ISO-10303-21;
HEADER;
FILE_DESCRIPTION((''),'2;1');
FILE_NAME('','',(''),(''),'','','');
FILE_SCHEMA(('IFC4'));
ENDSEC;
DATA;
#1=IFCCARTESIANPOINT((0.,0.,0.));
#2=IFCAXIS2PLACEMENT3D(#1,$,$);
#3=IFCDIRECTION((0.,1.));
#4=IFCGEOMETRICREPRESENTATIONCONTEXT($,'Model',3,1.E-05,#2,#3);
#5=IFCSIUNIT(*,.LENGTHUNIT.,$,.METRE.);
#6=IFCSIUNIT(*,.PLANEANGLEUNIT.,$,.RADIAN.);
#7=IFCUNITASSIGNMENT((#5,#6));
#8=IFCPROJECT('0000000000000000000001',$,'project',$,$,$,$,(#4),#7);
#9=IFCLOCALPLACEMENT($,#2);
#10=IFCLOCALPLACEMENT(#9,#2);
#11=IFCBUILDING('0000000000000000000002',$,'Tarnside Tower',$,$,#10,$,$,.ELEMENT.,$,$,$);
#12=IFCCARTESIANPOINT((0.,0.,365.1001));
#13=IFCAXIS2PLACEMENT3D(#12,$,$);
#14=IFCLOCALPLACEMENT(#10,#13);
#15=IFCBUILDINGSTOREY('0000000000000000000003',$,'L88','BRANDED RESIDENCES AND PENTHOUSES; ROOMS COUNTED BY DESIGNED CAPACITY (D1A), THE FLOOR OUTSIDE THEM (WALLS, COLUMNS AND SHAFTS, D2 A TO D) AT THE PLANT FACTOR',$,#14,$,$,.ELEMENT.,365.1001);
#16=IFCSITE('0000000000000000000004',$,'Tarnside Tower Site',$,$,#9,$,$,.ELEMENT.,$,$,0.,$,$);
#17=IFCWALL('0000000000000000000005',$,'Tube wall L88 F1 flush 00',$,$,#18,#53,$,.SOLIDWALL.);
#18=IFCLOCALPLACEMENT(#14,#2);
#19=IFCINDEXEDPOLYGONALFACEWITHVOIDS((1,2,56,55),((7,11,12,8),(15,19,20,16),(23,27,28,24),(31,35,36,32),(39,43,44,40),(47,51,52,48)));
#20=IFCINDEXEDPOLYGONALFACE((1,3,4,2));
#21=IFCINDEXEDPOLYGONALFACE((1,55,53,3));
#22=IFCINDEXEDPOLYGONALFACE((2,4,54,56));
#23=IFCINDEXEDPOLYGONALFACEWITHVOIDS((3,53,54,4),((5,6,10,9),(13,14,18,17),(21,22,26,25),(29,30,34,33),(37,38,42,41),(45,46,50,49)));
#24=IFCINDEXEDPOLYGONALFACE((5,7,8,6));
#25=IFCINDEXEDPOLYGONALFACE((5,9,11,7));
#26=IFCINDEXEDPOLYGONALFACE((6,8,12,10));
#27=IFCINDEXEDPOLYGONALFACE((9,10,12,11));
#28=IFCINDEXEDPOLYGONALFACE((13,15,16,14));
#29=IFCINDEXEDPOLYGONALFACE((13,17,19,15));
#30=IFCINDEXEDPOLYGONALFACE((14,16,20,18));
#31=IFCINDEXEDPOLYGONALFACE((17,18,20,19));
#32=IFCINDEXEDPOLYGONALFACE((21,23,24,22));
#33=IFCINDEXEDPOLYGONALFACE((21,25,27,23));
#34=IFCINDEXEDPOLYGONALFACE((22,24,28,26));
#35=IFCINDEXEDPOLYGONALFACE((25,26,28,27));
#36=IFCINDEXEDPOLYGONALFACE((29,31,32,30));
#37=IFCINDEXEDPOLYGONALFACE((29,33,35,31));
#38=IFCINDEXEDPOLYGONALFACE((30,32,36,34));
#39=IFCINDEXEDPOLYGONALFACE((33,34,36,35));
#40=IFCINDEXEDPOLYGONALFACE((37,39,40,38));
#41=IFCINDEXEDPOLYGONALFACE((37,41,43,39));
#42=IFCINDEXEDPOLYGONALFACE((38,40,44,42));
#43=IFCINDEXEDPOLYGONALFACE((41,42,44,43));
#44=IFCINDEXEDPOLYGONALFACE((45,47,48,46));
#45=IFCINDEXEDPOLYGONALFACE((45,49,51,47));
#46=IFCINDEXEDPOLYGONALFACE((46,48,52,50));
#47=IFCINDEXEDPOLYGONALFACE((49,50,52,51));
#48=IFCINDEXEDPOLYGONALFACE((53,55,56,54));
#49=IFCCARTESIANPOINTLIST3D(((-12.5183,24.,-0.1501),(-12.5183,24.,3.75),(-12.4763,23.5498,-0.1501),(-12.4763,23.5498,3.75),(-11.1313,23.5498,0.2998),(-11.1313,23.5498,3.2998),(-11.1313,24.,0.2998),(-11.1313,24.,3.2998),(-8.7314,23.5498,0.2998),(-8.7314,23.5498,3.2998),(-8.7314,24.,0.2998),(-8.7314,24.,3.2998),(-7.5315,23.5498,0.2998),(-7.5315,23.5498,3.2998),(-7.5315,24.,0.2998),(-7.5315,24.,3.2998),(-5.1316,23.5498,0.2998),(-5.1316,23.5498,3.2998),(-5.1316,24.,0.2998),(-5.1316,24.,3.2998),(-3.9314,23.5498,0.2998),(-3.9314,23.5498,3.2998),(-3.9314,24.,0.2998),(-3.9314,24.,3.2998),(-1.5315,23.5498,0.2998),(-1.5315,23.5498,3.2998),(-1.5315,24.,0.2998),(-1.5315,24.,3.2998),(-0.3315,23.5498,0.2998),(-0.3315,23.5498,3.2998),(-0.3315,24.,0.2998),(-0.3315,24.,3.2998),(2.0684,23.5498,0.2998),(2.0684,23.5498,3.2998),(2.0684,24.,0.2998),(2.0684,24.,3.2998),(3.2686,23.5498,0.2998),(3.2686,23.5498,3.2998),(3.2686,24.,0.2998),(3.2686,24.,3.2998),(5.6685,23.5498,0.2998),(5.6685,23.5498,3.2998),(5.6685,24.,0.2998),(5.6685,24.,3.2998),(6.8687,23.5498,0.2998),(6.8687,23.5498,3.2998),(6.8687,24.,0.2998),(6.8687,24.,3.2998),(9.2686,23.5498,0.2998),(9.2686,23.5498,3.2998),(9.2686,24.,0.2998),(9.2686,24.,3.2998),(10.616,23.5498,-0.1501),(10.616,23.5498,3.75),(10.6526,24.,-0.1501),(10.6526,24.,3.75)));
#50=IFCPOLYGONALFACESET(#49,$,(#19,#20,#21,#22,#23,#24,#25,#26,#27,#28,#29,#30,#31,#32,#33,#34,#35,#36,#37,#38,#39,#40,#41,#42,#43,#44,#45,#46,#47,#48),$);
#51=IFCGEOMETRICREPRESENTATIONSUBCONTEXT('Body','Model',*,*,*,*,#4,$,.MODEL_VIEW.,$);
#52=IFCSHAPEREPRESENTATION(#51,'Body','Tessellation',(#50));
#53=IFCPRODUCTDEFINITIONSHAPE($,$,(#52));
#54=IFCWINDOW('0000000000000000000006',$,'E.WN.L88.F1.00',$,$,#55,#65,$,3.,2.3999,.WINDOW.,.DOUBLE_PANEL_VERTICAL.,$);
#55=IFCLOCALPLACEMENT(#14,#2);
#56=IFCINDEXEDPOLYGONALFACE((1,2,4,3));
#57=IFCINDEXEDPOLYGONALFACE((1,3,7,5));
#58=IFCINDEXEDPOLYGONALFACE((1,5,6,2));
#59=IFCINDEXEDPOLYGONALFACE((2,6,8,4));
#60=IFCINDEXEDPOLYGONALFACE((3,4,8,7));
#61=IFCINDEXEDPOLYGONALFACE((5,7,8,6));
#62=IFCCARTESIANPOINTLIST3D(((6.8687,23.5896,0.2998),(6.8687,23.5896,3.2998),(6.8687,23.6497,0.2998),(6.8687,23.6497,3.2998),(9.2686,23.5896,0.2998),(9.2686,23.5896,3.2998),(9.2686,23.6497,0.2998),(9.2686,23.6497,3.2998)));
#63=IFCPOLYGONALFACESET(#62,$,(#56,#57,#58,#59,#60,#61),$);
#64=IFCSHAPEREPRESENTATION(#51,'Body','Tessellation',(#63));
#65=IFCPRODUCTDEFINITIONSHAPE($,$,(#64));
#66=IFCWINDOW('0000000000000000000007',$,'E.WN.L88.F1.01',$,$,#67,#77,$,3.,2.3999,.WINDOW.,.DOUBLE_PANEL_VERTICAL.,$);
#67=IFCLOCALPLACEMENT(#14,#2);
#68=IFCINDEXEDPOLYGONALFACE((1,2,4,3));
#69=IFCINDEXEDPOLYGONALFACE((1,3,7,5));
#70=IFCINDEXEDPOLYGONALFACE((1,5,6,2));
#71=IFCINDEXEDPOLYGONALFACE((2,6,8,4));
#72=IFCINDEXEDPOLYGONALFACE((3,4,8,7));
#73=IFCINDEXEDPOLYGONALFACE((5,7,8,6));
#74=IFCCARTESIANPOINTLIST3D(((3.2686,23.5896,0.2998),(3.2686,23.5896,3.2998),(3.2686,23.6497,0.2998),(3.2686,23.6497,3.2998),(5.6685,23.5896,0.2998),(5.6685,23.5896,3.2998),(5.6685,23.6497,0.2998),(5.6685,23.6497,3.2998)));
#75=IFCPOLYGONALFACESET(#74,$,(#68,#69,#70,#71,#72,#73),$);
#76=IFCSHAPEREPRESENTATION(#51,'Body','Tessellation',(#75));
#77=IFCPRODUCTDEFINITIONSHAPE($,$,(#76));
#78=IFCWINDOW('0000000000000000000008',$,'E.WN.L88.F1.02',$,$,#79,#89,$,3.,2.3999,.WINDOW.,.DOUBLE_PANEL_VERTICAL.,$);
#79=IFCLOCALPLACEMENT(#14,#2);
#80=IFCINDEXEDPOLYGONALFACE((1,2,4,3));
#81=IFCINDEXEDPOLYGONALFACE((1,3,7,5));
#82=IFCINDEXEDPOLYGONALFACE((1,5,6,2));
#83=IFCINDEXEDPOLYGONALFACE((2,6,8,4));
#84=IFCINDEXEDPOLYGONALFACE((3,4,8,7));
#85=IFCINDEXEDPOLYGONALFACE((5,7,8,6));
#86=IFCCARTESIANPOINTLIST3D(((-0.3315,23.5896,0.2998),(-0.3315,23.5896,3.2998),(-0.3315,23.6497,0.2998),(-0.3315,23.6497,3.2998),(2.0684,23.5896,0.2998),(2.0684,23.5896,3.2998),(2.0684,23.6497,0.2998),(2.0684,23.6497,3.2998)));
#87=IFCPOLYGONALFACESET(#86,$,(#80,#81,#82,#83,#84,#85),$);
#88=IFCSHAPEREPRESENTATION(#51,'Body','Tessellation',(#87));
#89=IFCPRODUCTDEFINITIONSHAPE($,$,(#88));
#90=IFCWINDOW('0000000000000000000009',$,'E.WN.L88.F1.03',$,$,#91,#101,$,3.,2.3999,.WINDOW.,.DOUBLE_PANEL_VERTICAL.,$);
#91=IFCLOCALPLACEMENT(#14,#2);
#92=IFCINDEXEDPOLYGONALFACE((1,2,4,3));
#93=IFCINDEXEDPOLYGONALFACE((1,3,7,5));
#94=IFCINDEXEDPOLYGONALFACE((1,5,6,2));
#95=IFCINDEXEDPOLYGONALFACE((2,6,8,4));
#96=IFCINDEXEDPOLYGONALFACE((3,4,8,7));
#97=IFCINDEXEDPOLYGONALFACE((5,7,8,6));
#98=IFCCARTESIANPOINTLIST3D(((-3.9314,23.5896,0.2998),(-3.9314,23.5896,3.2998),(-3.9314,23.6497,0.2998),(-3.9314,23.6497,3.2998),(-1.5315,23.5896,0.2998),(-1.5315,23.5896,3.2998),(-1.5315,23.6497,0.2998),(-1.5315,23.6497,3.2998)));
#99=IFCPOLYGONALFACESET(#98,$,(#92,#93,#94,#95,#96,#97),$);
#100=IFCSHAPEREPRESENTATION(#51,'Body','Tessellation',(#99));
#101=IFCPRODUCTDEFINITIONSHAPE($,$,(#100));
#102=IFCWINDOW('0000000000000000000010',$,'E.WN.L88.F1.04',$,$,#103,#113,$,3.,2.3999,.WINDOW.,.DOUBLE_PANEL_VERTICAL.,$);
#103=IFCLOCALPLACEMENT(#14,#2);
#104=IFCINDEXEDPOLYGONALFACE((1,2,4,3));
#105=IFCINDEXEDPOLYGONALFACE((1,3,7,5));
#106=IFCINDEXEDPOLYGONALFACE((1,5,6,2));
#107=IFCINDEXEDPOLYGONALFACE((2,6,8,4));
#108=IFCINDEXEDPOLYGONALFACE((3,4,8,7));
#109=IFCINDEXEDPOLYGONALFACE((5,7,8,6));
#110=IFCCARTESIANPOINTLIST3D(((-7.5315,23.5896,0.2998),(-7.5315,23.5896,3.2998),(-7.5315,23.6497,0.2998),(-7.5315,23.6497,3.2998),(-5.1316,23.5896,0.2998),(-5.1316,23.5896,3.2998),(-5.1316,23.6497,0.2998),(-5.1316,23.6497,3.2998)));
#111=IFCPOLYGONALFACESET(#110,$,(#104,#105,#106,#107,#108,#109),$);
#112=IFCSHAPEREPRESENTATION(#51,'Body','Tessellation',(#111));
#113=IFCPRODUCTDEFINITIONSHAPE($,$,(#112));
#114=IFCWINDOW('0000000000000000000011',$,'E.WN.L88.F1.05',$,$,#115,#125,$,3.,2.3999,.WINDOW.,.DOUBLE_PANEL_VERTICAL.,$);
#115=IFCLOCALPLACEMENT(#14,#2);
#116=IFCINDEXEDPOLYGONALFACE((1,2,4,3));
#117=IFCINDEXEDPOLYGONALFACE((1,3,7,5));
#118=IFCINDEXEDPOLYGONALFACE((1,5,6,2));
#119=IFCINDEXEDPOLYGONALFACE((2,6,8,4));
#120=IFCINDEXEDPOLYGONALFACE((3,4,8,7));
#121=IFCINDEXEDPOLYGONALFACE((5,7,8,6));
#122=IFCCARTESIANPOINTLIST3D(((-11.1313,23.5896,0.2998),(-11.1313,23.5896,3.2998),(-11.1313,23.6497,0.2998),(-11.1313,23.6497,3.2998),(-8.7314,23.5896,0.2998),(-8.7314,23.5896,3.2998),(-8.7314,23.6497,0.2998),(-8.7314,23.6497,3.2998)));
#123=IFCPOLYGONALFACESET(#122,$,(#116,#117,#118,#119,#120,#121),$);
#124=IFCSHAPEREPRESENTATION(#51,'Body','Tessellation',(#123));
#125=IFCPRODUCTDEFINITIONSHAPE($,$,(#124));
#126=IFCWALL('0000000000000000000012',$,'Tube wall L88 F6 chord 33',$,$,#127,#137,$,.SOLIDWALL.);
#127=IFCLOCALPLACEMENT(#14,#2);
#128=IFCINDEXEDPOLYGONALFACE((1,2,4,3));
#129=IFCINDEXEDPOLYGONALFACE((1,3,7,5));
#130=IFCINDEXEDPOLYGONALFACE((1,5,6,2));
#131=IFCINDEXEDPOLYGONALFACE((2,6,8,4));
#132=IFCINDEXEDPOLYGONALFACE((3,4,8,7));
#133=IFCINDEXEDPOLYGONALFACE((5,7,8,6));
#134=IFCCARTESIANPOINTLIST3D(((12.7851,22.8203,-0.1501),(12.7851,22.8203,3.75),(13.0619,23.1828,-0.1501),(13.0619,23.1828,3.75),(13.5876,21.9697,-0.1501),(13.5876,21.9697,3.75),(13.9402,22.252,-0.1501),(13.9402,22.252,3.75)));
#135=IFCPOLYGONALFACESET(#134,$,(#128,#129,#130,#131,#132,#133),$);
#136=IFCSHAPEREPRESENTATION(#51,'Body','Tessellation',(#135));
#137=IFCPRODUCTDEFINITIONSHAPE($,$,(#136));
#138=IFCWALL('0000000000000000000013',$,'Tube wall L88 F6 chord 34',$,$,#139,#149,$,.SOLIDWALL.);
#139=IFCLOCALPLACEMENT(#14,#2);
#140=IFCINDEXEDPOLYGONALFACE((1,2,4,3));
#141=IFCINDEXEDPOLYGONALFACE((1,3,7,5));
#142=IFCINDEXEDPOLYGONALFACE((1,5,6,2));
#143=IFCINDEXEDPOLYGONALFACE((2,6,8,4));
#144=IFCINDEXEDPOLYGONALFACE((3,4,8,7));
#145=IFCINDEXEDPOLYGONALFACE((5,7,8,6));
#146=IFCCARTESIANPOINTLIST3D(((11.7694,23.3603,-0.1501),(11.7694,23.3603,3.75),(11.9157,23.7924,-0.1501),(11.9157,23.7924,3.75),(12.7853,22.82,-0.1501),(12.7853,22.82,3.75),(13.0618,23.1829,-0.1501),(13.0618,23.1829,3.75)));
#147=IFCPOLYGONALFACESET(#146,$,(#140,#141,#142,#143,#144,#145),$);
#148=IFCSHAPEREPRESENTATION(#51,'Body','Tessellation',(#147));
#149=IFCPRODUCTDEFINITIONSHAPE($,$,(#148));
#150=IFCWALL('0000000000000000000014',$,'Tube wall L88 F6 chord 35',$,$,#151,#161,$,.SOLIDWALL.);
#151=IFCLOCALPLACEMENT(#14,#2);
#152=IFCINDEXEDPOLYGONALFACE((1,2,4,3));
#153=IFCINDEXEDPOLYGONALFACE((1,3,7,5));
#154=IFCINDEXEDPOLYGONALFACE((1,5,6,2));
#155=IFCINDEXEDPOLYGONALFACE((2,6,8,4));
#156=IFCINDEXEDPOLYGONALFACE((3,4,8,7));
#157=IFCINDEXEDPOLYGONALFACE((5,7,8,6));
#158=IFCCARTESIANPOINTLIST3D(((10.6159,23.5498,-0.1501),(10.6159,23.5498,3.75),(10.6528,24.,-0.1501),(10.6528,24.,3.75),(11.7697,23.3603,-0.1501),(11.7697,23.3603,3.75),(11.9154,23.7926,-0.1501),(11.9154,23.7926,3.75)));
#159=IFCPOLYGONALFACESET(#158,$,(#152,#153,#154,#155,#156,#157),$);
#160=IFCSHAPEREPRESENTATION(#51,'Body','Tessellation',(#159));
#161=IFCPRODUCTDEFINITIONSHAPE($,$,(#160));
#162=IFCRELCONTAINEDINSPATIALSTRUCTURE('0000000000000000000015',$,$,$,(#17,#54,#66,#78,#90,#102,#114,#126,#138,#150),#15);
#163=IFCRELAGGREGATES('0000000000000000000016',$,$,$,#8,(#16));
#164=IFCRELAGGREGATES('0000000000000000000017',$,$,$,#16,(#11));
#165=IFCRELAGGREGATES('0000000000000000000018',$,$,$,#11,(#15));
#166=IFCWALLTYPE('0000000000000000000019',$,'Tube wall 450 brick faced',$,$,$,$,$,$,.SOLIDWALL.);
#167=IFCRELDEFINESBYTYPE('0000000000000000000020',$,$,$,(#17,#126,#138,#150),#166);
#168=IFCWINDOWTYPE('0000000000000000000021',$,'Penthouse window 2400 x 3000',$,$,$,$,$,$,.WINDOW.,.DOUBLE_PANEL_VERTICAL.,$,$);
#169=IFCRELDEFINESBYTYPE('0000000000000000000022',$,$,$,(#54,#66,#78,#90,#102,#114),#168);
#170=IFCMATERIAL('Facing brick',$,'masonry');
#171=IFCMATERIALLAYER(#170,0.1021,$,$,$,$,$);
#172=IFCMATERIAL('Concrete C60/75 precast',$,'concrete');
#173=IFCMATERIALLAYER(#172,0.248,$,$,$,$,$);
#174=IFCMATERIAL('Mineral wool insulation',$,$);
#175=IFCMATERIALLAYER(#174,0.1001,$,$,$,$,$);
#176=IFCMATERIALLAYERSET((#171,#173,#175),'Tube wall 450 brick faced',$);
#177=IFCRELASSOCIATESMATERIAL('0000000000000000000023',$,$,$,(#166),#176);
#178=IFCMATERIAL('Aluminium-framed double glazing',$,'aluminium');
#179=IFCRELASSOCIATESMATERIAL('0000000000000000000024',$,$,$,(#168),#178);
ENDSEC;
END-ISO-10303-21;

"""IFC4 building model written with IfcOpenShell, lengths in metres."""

from ifc_helpers import new_model, si_unit, direction, frame, frame_2d, origin, place, context, subcontext, project, spatial, polyline, rectangle, outline, extrude, material, layer, layer_set, type_object, element, fill, save


model = new_model("IFC4")

# Units and contexts
model_context = context("Model", 3, precision=1e-05, world=origin(), true_north=direction((0.0, 1.0)))
body_context = subcontext(model_context, "Body", "Model", "MODEL_VIEW")
ifc_project = project(units=[si_unit("LENGTHUNIT", "METRE"), si_unit("PLANEANGLEUNIT", "RADIAN")], contexts=[model_context])

# Site, building, storey
site_placement = place(None, origin())
site = spatial("IfcSite", under=ifc_project, at=site_placement, Name="Tarnside Tower Site", CompositionType="ELEMENT", RefElevation=0.0)
building_placement = place(site_placement, origin())
building = spatial("IfcBuilding", under=site, at=building_placement, Name="Tarnside Tower", CompositionType="ELEMENT")
storey_placement = place(building_placement, frame((0.0, 0.0, 365.1001)))
storey = spatial("IfcBuildingStorey", under=building, at=storey_placement, Name="L88", Description="BRANDED RESIDENCES AND PENTHOUSES; ROOMS COUNTED BY DESIGNED CAPACITY (D1A), THE FLOOR OUTSIDE THEM (WALLS, COLUMNS AND SHAFTS, D2 A TO D) AT THE PLANT FACTOR", CompositionType="ELEMENT", Elevation=365.1001)

# Shared definitions
ifc_material_1 = material(Name="Concrete C60/75 precast", Category="concrete")
ifc_material_2 = material(Name="Mineral wool insulation")

# Wall, openings, windows
ifc_material_3 = material(Name="Facing brick", Category="masonry")
ifc_layer_1 = layer(ifc_material_3, 0.1021)
ifc_layer_2 = layer(ifc_material_1, 0.248)
ifc_layer_3 = layer(ifc_material_2, 0.1001)
ifc_layer_set_1 = layer_set([ifc_layer_1, ifc_layer_2, ifc_layer_3], Name="Tube wall 450 brick faced")
wall_type_1 = type_object("IfcWallType", Name="Tube wall 450 brick faced", PredefinedType="SOLIDWALL", material=ifc_layer_set_1)
wall_1_placement = place(storey_placement, frame((10.6343, 23.7749, -0.1501), z_axis=(0.0, 0.0, 1.0), x_axis=(-1.0, 0.0, 0.0)))
wall_1 = element("IfcWall", 1, at=wall_1_placement, inside=storey, type_object=wall_type_1, Name="Tube wall L88 F1 flush 00", PredefinedType="SOLIDWALL", context=body_context, shape_type="SweptSolid", body=[
    extrude(outline(polyline([(-0.0183, -0.2251), (23.1526, -0.2251), (23.1106, 0.2251), (0.0183, 0.2251), (-0.0183, -0.2251)])), origin(), (0.0, 0.0, 1.0), 3.9001),
])
opening_1_placement = place(wall_1_placement, frame((1.3657, 0.0, 0.45)))
opening_1 = element("IfcOpeningElement", 2, at=opening_1_placement, cuts=wall_1, PredefinedType="OPENING", context=body_context, shape_type="SweptSolid", body=[
    extrude(rectangle(XDim=2.3999, YDim=3.0, at=frame_2d((1.2, 1.5))), frame((0.0, 0.2349, 0.0), z_axis=(0.0, -1.0, 0.0), x_axis=(1.0, 0.0, 0.0)), (0.0, 0.0, 1.0), 0.47),
])
opening_2_placement = place(wall_1_placement, frame((4.9658, 0.0, 0.45)))
opening_2 = element("IfcOpeningElement", 3, at=opening_2_placement, cuts=wall_1, PredefinedType="OPENING", context=body_context, shape_type="SweptSolid", body=[
    extrude(rectangle(XDim=2.3999, YDim=3.0, at=frame_2d((1.2, 1.5))), frame((0.0, 0.2349, 0.0), z_axis=(0.0, -1.0, 0.0), x_axis=(1.0, 0.0, 0.0)), (0.0, 0.0, 1.0), 0.47),
])
opening_3_placement = place(wall_1_placement, frame((8.5659, 0.0, 0.45)))
opening_3 = element("IfcOpeningElement", 4, at=opening_3_placement, cuts=wall_1, PredefinedType="OPENING", context=body_context, shape_type="SweptSolid", body=[
    extrude(rectangle(XDim=2.3999, YDim=3.0, at=frame_2d((1.2, 1.5))), frame((0.0, 0.2349, 0.0), z_axis=(0.0, -1.0, 0.0), x_axis=(1.0, 0.0, 0.0)), (0.0, 0.0, 1.0), 0.47),
])
opening_4_placement = place(wall_1_placement, frame((12.1658, 0.0, 0.45)))
opening_4 = element("IfcOpeningElement", 5, at=opening_4_placement, cuts=wall_1, PredefinedType="OPENING", context=body_context, shape_type="SweptSolid", body=[
    extrude(rectangle(XDim=2.3999, YDim=3.0, at=frame_2d((1.2, 1.5))), frame((0.0, 0.2349, 0.0), z_axis=(0.0, -1.0, 0.0), x_axis=(1.0, 0.0, 0.0)), (0.0, 0.0, 1.0), 0.47),
])
opening_5_placement = place(wall_1_placement, frame((15.7659, 0.0, 0.45)))
opening_5 = element("IfcOpeningElement", 6, at=opening_5_placement, cuts=wall_1, PredefinedType="OPENING", context=body_context, shape_type="SweptSolid", body=[
    extrude(rectangle(XDim=2.3999, YDim=3.0, at=frame_2d((1.2, 1.5))), frame((0.0, 0.2349, 0.0), z_axis=(0.0, -1.0, 0.0), x_axis=(1.0, 0.0, 0.0)), (0.0, 0.0, 1.0), 0.47),
])
opening_6_placement = place(wall_1_placement, frame((19.3657, 0.0, 0.45)))
opening_6 = element("IfcOpeningElement", 7, at=opening_6_placement, cuts=wall_1, PredefinedType="OPENING", context=body_context, shape_type="SweptSolid", body=[
    extrude(rectangle(XDim=2.3999, YDim=3.0, at=frame_2d((1.2, 1.5))), frame((0.0, 0.2349, 0.0), z_axis=(0.0, -1.0, 0.0), x_axis=(1.0, 0.0, 0.0)), (0.0, 0.0, 1.0), 0.47),
])
ifc_material_4 = material(Name="Aluminium-framed double glazing", Category="aluminium")
window_type = type_object("IfcWindowType", Name="Penthouse window 2400 x 3000", PartitioningType="DOUBLE_PANEL_VERTICAL", PredefinedType="WINDOW", material=ifc_material_4)
window_1_placement = place(opening_1_placement, frame((0.0, 0.1553, 0.0)))
window_1 = element("IfcWindow", 8, at=window_1_placement, inside=storey, type_object=window_type, Name="E.WN.L88.F1.00", OverallHeight=3.0, OverallWidth=2.3999, PartitioningType="DOUBLE_PANEL_VERTICAL", PredefinedType="WINDOW", context=body_context, shape_type="SweptSolid", body=[
    extrude(rectangle(XDim=2.3999, YDim=3.0, at=frame_2d((1.2, 1.5))), frame((0.0, 0.03, 0.0), z_axis=(0.0, -1.0, 0.0), x_axis=(1.0, 0.0, 0.0)), (0.0, 0.0, 1.0), 0.0601),
])
fill(opening_1, window_1)
window_2_placement = place(opening_2_placement, frame((0.0, 0.1553, 0.0)))
window_2 = element("IfcWindow", 9, at=window_2_placement, inside=storey, type_object=window_type, Name="E.WN.L88.F1.01", OverallHeight=3.0, OverallWidth=2.3999, PartitioningType="DOUBLE_PANEL_VERTICAL", PredefinedType="WINDOW", context=body_context, shape_type="SweptSolid", body=[
    extrude(rectangle(XDim=2.3999, YDim=3.0, at=frame_2d((1.2, 1.5))), frame((0.0, 0.03, 0.0), z_axis=(0.0, -1.0, 0.0), x_axis=(1.0, 0.0, 0.0)), (0.0, 0.0, 1.0), 0.0601),
])
fill(opening_2, window_2)
window_3_placement = place(opening_3_placement, frame((0.0, 0.1553, 0.0)))
window_3 = element("IfcWindow", 10, at=window_3_placement, inside=storey, type_object=window_type, Name="E.WN.L88.F1.02", OverallHeight=3.0, OverallWidth=2.3999, PartitioningType="DOUBLE_PANEL_VERTICAL", PredefinedType="WINDOW", context=body_context, shape_type="SweptSolid", body=[
    extrude(rectangle(XDim=2.3999, YDim=3.0, at=frame_2d((1.2, 1.5))), frame((0.0, 0.03, 0.0), z_axis=(0.0, -1.0, 0.0), x_axis=(1.0, 0.0, 0.0)), (0.0, 0.0, 1.0), 0.0601),
])
fill(opening_3, window_3)
window_4_placement = place(opening_4_placement, frame((0.0, 0.1553, 0.0)))
window_4 = element("IfcWindow", 11, at=window_4_placement, inside=storey, type_object=window_type, Name="E.WN.L88.F1.03", OverallHeight=3.0, OverallWidth=2.3999, PartitioningType="DOUBLE_PANEL_VERTICAL", PredefinedType="WINDOW", context=body_context, shape_type="SweptSolid", body=[
    extrude(rectangle(XDim=2.3999, YDim=3.0, at=frame_2d((1.2, 1.5))), frame((0.0, 0.03, 0.0), z_axis=(0.0, -1.0, 0.0), x_axis=(1.0, 0.0, 0.0)), (0.0, 0.0, 1.0), 0.0601),
])
fill(opening_4, window_4)
window_5_placement = place(opening_5_placement, frame((0.0, 0.1553, 0.0)))
window_5 = element("IfcWindow", 12, at=window_5_placement, inside=storey, type_object=window_type, Name="E.WN.L88.F1.04", OverallHeight=3.0, OverallWidth=2.3999, PartitioningType="DOUBLE_PANEL_VERTICAL", PredefinedType="WINDOW", context=body_context, shape_type="SweptSolid", body=[
    extrude(rectangle(XDim=2.3999, YDim=3.0, at=frame_2d((1.2, 1.5))), frame((0.0, 0.03, 0.0), z_axis=(0.0, -1.0, 0.0), x_axis=(1.0, 0.0, 0.0)), (0.0, 0.0, 1.0), 0.0601),
])
fill(opening_5, window_5)
window_6_placement = place(opening_6_placement, frame((0.0, 0.1553, 0.0)))
window_6 = element("IfcWindow", 13, at=window_6_placement, inside=storey, type_object=window_type, Name="E.WN.L88.F1.05", OverallHeight=3.0, OverallWidth=2.3999, PartitioningType="DOUBLE_PANEL_VERTICAL", PredefinedType="WINDOW", context=body_context, shape_type="SweptSolid", body=[
    extrude(rectangle(XDim=2.3999, YDim=3.0, at=frame_2d((1.2, 1.5))), frame((0.0, 0.03, 0.0), z_axis=(0.0, -1.0, 0.0), x_axis=(1.0, 0.0, 0.0)), (0.0, 0.0, 1.0), 0.0601),
])
fill(opening_6, window_6)

# Walls
wall_2_placement = place(storey_placement, frame((13.7639, 22.1108, -0.1501), z_axis=(0.0, 0.0, 1.0), x_axis=(-0.686272, 0.727345, 0.0)))
element("IfcWall", 14, at=wall_2_placement, inside=storey, type_object=wall_type_1, Name="Tube wall L88 F6 chord 33", PredefinedType="SOLIDWALL", context=body_context, shape_type="SweptSolid", body=[
    extrude(outline(polyline([(-0.0183, -0.2251), (1.2615, -0.2251), (1.1877, 0.2251), (0.0183, 0.2251), (-0.0183, -0.2251)])), origin(), (0.0, 0.0, 1.0), 3.9001),
])
wall_3_placement = place(storey_placement, frame((12.9236, 23.0015, -0.1501), z_axis=(0.0, 0.0, 1.0), x_axis=(-0.882899, 0.469563, 0.0)))
element("IfcWall", 15, at=wall_3_placement, inside=storey, type_object=wall_type_1, Name="Tube wall L88 F6 chord 34", PredefinedType="SOLIDWALL", context=body_context, shape_type="SweptSolid", body=[
    extrude(outline(polyline([(-0.0369, -0.2251), (1.2612, -0.2251), (1.1875, 0.2251), (0.0369, 0.2251), (-0.0369, -0.2251)])), origin(), (0.0, 0.0, 1.0), 3.9001),
])
wall_4_placement = place(storey_placement, frame((11.8425, 23.5764, -0.1501), z_axis=(0.0, 0.0, 1.0), x_axis=(-0.986774, 0.162103, 0.0)))
element("IfcWall", 16, at=wall_4_placement, inside=storey, type_object=wall_type_1, Name="Tube wall L88 F6 chord 35", PredefinedType="SOLIDWALL", context=body_context, shape_type="SweptSolid", body=[
    extrude(outline(polyline([(-0.0369, -0.2251), (1.2427, -0.2251), (1.2061, 0.2251), (0.0369, 0.2251), (-0.0369, -0.2251)])), origin(), (0.0, 0.0, 1.0), 3.9001),
])

save(model, "model.ifc")
